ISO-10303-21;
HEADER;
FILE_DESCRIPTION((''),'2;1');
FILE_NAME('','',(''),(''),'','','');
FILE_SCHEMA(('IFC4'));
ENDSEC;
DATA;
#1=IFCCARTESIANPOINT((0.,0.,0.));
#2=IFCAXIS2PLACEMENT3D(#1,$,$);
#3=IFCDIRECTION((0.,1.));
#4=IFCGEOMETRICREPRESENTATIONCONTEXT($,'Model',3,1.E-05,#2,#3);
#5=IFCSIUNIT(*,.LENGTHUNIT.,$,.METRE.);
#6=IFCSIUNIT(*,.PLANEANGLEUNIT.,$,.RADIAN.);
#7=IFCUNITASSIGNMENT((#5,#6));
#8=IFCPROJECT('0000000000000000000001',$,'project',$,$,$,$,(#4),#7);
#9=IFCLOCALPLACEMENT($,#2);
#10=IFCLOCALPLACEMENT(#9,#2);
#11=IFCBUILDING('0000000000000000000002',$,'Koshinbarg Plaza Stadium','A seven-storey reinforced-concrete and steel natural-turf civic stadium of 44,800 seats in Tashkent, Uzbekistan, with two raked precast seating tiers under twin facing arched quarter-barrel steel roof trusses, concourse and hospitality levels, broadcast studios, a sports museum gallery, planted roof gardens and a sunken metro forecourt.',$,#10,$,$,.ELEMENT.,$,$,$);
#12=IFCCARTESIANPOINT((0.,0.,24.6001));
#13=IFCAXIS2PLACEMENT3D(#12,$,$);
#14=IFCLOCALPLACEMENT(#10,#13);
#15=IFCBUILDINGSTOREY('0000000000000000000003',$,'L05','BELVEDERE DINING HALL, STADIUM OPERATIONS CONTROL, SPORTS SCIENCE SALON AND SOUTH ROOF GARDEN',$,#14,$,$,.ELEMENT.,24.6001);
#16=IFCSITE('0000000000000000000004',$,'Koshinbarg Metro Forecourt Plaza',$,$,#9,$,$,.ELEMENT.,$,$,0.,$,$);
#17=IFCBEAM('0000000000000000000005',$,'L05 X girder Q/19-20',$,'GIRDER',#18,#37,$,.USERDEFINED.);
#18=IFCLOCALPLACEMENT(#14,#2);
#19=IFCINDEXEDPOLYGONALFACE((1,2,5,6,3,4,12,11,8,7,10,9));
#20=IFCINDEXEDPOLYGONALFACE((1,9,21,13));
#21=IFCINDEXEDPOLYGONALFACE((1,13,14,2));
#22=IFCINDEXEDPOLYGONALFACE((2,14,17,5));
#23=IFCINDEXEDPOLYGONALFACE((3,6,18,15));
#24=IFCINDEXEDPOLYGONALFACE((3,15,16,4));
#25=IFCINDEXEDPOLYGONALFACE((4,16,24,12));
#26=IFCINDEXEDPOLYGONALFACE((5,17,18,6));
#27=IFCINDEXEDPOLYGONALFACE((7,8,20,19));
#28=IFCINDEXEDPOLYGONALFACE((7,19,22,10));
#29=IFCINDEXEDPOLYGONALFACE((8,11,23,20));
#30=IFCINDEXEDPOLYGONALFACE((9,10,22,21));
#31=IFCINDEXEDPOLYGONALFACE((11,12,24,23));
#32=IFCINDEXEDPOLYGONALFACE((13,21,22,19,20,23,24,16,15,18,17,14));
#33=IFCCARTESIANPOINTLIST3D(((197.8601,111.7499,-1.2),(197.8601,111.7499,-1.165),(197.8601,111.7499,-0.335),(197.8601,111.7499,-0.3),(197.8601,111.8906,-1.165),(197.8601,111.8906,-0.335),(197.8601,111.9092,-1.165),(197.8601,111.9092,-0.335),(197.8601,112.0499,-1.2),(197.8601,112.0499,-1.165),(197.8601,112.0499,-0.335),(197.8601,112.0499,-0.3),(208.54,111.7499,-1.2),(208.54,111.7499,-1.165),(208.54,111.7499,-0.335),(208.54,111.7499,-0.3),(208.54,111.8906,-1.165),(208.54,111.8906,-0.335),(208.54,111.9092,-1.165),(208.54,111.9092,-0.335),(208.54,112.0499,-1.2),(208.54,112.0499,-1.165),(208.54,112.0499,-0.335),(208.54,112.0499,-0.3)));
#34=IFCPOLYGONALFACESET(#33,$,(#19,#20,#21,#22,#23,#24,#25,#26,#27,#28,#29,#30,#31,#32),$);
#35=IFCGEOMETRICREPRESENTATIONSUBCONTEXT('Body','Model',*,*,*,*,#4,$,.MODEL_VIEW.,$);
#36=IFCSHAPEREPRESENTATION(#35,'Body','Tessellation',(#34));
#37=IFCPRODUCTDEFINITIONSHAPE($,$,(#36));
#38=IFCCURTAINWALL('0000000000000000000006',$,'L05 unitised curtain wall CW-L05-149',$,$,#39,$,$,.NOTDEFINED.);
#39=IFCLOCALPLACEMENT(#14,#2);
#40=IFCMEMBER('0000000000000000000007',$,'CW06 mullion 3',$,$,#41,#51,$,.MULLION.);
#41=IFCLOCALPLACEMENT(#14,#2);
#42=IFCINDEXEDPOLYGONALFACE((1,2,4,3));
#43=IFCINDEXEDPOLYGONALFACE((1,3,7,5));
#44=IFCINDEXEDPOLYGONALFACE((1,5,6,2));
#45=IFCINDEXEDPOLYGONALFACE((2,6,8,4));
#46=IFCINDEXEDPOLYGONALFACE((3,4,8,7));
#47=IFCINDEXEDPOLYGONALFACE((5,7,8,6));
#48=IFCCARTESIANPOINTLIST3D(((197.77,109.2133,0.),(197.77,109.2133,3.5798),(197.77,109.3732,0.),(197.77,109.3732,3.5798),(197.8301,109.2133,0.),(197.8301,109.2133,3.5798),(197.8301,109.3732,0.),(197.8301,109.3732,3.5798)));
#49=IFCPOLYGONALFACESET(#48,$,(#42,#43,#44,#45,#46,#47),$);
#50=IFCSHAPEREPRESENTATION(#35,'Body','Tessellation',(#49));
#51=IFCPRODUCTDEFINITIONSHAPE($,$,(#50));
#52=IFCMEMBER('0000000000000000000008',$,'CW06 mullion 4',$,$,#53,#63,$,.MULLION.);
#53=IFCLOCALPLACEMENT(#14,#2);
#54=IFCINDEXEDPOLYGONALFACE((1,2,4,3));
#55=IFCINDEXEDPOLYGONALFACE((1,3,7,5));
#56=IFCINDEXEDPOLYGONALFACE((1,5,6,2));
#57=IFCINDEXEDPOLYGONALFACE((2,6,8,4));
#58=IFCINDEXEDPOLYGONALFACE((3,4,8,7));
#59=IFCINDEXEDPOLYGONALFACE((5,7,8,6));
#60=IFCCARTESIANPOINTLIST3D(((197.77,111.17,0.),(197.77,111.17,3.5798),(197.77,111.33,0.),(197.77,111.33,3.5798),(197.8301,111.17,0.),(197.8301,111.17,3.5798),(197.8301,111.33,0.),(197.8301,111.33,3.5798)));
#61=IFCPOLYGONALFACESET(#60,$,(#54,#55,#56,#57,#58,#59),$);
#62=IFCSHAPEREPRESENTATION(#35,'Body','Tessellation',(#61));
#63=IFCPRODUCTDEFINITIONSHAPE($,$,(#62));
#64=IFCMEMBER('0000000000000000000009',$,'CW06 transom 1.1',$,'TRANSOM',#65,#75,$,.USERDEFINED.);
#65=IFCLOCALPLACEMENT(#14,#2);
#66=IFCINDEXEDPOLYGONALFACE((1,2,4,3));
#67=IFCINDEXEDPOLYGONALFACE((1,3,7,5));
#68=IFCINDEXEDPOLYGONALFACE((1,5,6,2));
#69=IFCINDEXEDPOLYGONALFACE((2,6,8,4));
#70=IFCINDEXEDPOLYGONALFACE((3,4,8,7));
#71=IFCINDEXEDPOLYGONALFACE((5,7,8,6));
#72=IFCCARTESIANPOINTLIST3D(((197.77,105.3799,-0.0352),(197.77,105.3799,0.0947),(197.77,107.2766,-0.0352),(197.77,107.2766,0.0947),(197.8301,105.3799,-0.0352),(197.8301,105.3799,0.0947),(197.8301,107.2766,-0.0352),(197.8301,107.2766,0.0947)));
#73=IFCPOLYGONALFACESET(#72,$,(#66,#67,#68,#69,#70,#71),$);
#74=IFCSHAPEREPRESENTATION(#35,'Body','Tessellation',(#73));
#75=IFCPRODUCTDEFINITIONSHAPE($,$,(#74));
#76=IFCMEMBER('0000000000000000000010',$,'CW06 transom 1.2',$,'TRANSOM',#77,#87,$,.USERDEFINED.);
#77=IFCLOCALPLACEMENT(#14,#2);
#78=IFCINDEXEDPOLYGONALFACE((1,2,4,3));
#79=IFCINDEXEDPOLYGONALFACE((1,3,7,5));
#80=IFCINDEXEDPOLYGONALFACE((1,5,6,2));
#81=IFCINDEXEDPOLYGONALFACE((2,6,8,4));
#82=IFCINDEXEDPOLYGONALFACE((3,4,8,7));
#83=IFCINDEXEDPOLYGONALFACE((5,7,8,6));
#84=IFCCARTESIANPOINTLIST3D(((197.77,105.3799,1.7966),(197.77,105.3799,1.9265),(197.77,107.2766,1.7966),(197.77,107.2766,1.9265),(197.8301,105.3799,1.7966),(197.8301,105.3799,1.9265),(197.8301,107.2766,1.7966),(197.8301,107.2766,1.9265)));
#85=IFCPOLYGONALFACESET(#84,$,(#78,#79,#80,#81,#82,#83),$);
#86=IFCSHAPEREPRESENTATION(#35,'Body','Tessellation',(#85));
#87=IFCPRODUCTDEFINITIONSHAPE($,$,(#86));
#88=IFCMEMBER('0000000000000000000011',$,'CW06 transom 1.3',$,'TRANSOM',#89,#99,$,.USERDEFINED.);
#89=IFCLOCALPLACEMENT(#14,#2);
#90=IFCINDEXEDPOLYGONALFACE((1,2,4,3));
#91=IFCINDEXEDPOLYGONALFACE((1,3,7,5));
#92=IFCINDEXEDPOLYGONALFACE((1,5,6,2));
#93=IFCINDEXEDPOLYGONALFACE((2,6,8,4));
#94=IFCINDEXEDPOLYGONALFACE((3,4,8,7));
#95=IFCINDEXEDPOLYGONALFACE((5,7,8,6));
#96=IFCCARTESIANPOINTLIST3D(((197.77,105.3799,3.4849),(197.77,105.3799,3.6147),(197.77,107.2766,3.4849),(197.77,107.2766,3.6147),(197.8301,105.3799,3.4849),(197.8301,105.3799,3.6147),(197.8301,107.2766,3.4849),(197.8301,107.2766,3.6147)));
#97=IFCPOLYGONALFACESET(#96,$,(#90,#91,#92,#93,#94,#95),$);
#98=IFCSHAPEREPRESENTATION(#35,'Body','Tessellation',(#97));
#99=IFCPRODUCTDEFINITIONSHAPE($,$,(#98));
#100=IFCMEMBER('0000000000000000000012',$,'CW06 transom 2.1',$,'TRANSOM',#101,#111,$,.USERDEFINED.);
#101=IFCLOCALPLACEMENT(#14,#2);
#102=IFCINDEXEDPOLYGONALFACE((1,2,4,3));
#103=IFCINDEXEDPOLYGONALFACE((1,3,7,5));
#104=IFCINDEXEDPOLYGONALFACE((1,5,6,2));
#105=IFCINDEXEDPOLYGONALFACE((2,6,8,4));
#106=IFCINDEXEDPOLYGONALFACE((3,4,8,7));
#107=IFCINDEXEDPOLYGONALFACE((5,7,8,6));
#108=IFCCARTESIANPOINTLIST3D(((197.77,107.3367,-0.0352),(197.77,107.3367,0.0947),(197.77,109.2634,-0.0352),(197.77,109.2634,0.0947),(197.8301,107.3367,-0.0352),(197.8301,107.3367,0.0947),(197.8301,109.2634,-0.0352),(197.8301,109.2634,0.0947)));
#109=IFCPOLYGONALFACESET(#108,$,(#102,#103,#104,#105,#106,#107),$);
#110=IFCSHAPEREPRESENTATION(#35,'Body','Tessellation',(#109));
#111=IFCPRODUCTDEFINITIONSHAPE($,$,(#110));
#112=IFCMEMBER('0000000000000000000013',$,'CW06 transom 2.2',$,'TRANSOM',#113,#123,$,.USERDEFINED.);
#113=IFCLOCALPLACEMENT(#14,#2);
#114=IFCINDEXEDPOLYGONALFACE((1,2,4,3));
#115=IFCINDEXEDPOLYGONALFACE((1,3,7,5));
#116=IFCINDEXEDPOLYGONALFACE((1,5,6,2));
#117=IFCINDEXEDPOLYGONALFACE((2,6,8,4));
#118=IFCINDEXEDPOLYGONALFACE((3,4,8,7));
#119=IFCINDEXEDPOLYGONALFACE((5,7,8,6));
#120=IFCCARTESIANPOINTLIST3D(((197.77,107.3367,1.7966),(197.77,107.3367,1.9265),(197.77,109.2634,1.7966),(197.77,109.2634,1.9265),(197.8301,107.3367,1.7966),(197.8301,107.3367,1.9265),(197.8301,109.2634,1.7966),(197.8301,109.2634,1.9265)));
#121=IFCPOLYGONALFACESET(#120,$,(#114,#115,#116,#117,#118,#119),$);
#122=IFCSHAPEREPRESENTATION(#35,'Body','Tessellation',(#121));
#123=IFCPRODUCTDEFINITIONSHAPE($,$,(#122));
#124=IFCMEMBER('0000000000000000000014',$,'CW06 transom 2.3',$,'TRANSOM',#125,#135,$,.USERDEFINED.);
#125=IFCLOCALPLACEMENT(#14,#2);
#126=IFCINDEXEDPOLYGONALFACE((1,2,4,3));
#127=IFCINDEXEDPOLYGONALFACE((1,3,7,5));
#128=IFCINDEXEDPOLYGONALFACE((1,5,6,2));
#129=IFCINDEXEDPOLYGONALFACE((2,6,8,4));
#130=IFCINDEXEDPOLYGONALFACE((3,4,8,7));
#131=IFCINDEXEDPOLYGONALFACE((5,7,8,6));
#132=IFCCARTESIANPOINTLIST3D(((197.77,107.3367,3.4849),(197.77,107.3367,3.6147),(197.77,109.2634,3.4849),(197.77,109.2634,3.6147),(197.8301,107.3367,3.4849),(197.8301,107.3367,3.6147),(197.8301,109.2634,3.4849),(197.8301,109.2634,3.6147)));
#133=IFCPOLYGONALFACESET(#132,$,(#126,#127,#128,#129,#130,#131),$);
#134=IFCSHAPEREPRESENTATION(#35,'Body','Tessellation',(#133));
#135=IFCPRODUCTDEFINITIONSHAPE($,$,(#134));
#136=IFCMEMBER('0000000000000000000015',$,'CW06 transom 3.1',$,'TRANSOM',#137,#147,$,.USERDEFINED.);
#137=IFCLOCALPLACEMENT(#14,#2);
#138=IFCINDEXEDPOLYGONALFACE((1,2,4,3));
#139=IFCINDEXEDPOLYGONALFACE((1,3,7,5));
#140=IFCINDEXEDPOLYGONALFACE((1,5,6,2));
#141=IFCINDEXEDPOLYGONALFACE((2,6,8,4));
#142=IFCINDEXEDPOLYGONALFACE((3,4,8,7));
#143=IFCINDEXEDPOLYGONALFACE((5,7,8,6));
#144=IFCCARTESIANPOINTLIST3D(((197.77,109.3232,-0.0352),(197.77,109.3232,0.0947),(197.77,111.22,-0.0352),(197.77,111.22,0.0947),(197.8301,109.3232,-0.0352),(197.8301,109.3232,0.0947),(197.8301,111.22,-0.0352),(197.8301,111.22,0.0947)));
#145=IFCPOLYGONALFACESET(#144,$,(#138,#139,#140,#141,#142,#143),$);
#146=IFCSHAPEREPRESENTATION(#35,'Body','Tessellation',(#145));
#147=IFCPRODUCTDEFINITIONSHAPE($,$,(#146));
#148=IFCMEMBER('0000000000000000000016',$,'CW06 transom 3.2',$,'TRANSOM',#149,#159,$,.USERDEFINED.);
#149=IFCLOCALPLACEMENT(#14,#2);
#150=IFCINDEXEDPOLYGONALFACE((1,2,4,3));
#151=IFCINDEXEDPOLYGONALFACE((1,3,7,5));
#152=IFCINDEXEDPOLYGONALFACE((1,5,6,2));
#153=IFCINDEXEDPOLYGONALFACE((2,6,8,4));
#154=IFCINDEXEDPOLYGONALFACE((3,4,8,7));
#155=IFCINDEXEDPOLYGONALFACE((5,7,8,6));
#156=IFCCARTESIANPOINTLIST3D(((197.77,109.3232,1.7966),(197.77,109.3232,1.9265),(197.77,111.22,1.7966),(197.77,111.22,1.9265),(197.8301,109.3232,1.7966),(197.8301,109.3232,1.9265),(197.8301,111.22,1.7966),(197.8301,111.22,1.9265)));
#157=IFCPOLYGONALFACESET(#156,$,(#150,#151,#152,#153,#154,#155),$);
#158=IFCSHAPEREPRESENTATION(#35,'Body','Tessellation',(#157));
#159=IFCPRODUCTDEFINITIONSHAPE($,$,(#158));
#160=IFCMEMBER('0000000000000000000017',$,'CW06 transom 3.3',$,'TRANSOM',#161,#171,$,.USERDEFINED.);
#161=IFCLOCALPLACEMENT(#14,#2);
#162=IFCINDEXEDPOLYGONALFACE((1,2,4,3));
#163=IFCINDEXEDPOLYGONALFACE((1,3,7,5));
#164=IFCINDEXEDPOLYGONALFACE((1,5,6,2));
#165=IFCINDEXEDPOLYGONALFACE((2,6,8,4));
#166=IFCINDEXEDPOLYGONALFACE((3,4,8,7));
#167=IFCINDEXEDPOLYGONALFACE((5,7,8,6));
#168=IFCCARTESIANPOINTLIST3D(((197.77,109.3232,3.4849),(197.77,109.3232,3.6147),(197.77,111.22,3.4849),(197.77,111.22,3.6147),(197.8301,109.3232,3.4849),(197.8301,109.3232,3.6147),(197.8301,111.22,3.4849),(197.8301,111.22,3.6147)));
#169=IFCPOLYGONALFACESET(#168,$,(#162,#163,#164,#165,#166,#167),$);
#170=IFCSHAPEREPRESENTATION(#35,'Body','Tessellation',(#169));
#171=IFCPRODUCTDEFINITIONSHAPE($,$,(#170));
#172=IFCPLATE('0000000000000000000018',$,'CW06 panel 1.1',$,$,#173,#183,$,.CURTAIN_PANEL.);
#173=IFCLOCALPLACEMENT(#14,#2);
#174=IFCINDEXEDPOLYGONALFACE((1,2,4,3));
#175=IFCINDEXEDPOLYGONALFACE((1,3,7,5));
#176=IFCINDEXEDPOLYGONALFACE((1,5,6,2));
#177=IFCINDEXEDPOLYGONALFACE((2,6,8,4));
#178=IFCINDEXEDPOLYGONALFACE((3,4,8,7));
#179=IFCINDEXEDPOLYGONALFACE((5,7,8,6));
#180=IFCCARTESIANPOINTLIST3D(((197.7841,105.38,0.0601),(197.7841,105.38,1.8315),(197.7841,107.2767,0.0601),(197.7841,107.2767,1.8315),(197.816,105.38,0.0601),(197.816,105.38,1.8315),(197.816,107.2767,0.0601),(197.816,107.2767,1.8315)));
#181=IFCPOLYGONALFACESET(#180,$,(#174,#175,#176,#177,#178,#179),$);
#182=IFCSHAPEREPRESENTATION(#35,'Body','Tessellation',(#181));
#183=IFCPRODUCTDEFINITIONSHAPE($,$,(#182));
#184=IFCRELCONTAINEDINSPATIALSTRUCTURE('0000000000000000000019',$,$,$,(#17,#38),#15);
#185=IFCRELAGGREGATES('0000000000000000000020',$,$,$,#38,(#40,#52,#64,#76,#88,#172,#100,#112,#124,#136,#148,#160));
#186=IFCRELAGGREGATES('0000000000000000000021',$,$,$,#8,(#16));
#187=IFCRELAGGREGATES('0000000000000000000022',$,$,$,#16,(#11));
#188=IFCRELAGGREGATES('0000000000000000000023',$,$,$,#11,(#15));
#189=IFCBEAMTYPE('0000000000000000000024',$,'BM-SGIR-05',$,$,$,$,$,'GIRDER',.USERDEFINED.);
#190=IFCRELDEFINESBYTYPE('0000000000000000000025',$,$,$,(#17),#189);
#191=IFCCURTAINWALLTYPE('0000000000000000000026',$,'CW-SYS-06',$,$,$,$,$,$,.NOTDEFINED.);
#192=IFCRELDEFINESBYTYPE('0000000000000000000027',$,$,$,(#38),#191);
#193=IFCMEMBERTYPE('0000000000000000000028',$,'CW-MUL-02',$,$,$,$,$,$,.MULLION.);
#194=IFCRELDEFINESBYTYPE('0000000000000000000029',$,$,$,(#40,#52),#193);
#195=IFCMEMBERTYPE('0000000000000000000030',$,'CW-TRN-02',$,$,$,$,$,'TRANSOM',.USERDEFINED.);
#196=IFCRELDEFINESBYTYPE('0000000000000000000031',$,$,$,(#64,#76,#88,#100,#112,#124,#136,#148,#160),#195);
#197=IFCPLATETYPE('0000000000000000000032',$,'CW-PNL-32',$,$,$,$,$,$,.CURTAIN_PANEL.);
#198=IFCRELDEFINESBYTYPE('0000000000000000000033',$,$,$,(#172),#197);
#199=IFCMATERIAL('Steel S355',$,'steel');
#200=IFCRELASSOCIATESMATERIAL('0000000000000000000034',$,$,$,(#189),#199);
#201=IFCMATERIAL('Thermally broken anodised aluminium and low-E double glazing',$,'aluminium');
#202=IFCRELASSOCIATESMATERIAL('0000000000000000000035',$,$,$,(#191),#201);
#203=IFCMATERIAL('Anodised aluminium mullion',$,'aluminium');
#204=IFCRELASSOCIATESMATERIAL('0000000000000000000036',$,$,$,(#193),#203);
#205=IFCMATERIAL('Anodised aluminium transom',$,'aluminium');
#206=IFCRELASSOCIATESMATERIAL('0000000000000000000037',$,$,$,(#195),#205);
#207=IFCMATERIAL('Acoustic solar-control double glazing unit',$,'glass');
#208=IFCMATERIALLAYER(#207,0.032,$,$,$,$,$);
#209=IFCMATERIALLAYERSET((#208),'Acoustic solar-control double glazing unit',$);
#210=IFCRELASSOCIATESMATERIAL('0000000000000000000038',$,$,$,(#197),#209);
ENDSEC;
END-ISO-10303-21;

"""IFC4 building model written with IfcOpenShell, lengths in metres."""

from ifc_helpers import new_model, si_unit, direction, frame, origin, origin_2d, place, context, subcontext, project, spatial, rectangle, i_section, extrude, material, layer, layer_set, material_profile, profile_set, type_object, element, aggregate, save


model = new_model("IFC4")

# Units and contexts
model_context = context("Model", 3, precision=1e-05, world=origin(), true_north=direction((0.0, 1.0)))
body_context = subcontext(model_context, "Body", "Model", "MODEL_VIEW")
ifc_project = project(units=[si_unit("LENGTHUNIT", "METRE"), si_unit("PLANEANGLEUNIT", "RADIAN")], contexts=[model_context])

# Site, building, storey
site_placement = place(None, origin())
site = spatial("IfcSite", under=ifc_project, at=site_placement, Name="Koshinbarg Metro Forecourt Plaza", CompositionType="ELEMENT", RefElevation=0.0)
building_placement = place(site_placement, origin())
building = spatial("IfcBuilding", under=site, at=building_placement, Name="Koshinbarg Plaza Stadium", Description="A seven-storey reinforced-concrete and steel natural-turf civic stadium of 44,800 seats in Tashkent, Uzbekistan, with two raked precast seating tiers under twin facing arched quarter-barrel steel roof trusses, concourse and hospitality levels, broadcast studios, a sports museum gallery, planted roof gardens and a sunken metro forecourt.", CompositionType="ELEMENT")
storey_placement = place(building_placement, frame((0.0, 0.0, 24.6001)))
storey = spatial("IfcBuildingStorey", under=building, at=storey_placement, Name="L05", Description="BELVEDERE DINING HALL, STADIUM OPERATIONS CONTROL, SPORTS SCIENCE SALON AND SOUTH ROOF GARDEN", CompositionType="ELEMENT", Elevation=24.6001)

# Beam
ifc_material_1 = material(Name="Steel S355", Category="steel")
ifc_material_profile_1 = material_profile(ifc_material_1, i_section(OverallWidth=0.3, OverallDepth=0.8999, WebThickness=0.0186, FlangeThickness=0.0349, at=origin_2d()), Name="HEB 900")
ifc_profile_set_1 = profile_set([ifc_material_profile_1], Name="Steel S355")
beam_type = type_object("IfcBeamType", Name="BM-SGIR-05", ElementType="GIRDER", PredefinedType="USERDEFINED", material=ifc_profile_set_1)
beam_placement = place(storey_placement, frame((197.8601, 111.8999, -0.75), z_axis=(1.0, 0.0, 0.0), x_axis=(0.0, 1.0, 0.0)))
element("IfcBeam", 1, at=beam_placement, inside=storey, type_object=beam_type, Name="L05 X girder Q/19-20", ObjectType="GIRDER", PredefinedType="USERDEFINED", context=body_context, shape_type="SweptSolid", body=[
    extrude(i_section(OverallWidth=0.3, OverallDepth=0.8999, WebThickness=0.0186, FlangeThickness=0.0349, at=origin_2d()), origin(), (0.0, 0.0, 1.0), 10.6799),
])

# Curtain wall, members, plate
ifc_material_2 = material(Name="Thermally broken anodised aluminium and low-E double glazing", Category="aluminium")
curtain_wall_type = type_object("IfcCurtainWallType", Name="CW-SYS-06", PredefinedType="NOTDEFINED", material=ifc_material_2)
curtain_wall_placement = place(storey_placement, origin())
curtain_wall = element("IfcCurtainWall", 2, at=curtain_wall_placement, inside=storey, type_object=curtain_wall_type, Name="L05 unitised curtain wall CW-L05-149", PredefinedType="NOTDEFINED")
ifc_material_3 = material(Name="Anodised aluminium mullion", Category="aluminium")
ifc_material_profile_2 = material_profile(ifc_material_3, rectangle(XDim=0.0601, YDim=0.1599, at=origin_2d()), Name="ALU 60x160")
ifc_profile_set_2 = profile_set([ifc_material_profile_2], Name="Anodised aluminium mullion")
member_type_1 = type_object("IfcMemberType", Name="CW-MUL-02", PredefinedType="MULLION", material=ifc_profile_set_2)
member_1_placement = place(storey_placement, frame((197.8, 109.2932, 0.0), z_axis=(0.0, 0.0, 1.0), x_axis=(-1.0, 0.0, 0.0)))
member_1 = element("IfcMember", 3, at=member_1_placement, type_object=member_type_1, Name="CW06 mullion 3", PredefinedType="MULLION", context=body_context, shape_type="SweptSolid", body=[
    extrude(rectangle(XDim=0.0601, YDim=0.1599, at=origin_2d()), origin(), (0.0, 0.0, 1.0), 3.5798),
])
member_2_placement = place(storey_placement, frame((197.8, 111.25, 0.0), z_axis=(0.0, 0.0, 1.0), x_axis=(-1.0, 0.0, 0.0)))
member_2 = element("IfcMember", 4, at=member_2_placement, type_object=member_type_1, Name="CW06 mullion 4", PredefinedType="MULLION", context=body_context, shape_type="SweptSolid", body=[
    extrude(rectangle(XDim=0.0601, YDim=0.1599, at=origin_2d()), origin(), (0.0, 0.0, 1.0), 3.5798),
])
ifc_material_4 = material(Name="Anodised aluminium transom", Category="aluminium")
ifc_material_profile_3 = material_profile(ifc_material_4, rectangle(XDim=0.0601, YDim=0.1299, at=origin_2d()), Name="ALU 60x130")
ifc_profile_set_3 = profile_set([ifc_material_profile_3], Name="Anodised aluminium transom")
member_type_2 = type_object("IfcMemberType", Name="CW-TRN-02", ElementType="TRANSOM", PredefinedType="USERDEFINED", material=ifc_profile_set_3)
member_3_placement = place(storey_placement, frame((197.8, 105.3799, 0.0298), z_axis=(0.0, 1.0, 0.0), x_axis=(-1.0, 0.0, 0.0)))
member_3 = element("IfcMember", 5, at=member_3_placement, type_object=member_type_2, Name="CW06 transom 1.1", ObjectType="TRANSOM", PredefinedType="USERDEFINED", context=body_context, shape_type="SweptSolid", body=[
    extrude(rectangle(XDim=0.0601, YDim=0.1299, at=origin_2d()), origin(), (0.0, 0.0, 1.0), 1.8967),
])
member_4_placement = place(storey_placement, frame((197.8, 105.3799, 1.8616), z_axis=(0.0, 1.0, 0.0), x_axis=(-1.0, 0.0, 0.0)))
member_4 = element("IfcMember", 6, at=member_4_placement, type_object=member_type_2, Name="CW06 transom 1.2", ObjectType="TRANSOM", PredefinedType="USERDEFINED", context=body_context, shape_type="SweptSolid", body=[
    extrude(rectangle(XDim=0.0601, YDim=0.1299, at=origin_2d()), origin(), (0.0, 0.0, 1.0), 1.8967),
])
member_5_placement = place(storey_placement, frame((197.8, 105.3799, 3.5498), z_axis=(0.0, 1.0, 0.0), x_axis=(-1.0, 0.0, 0.0)))
member_5 = element("IfcMember", 7, at=member_5_placement, type_object=member_type_2, Name="CW06 transom 1.3", ObjectType="TRANSOM", PredefinedType="USERDEFINED", context=body_context, shape_type="SweptSolid", body=[
    extrude(rectangle(XDim=0.0601, YDim=0.1299, at=origin_2d()), origin(), (0.0, 0.0, 1.0), 1.8967),
])
member_6_placement = place(storey_placement, frame((197.8, 107.3367, 0.0298), z_axis=(0.0, 1.0, 0.0), x_axis=(-1.0, 0.0, 0.0)))
member_6 = element("IfcMember", 8, at=member_6_placement, type_object=member_type_2, Name="CW06 transom 2.1", ObjectType="TRANSOM", PredefinedType="USERDEFINED", context=body_context, shape_type="SweptSolid", body=[
    extrude(rectangle(XDim=0.0601, YDim=0.1299, at=origin_2d()), origin(), (0.0, 0.0, 1.0), 1.9268),
])
member_7_placement = place(storey_placement, frame((197.8, 107.3367, 1.8616), z_axis=(0.0, 1.0, 0.0), x_axis=(-1.0, 0.0, 0.0)))
member_7 = element("IfcMember", 9, at=member_7_placement, type_object=member_type_2, Name="CW06 transom 2.2", ObjectType="TRANSOM", PredefinedType="USERDEFINED", context=body_context, shape_type="SweptSolid", body=[
    extrude(rectangle(XDim=0.0601, YDim=0.1299, at=origin_2d()), origin(), (0.0, 0.0, 1.0), 1.9268),
])
member_8_placement = place(storey_placement, frame((197.8, 107.3367, 3.5498), z_axis=(0.0, 1.0, 0.0), x_axis=(-1.0, 0.0, 0.0)))
member_8 = element("IfcMember", 10, at=member_8_placement, type_object=member_type_2, Name="CW06 transom 2.3", ObjectType="TRANSOM", PredefinedType="USERDEFINED", context=body_context, shape_type="SweptSolid", body=[
    extrude(rectangle(XDim=0.0601, YDim=0.1299, at=origin_2d()), origin(), (0.0, 0.0, 1.0), 1.9268),
])
member_9_placement = place(storey_placement, frame((197.8, 109.3232, 0.0298), z_axis=(0.0, 1.0, 0.0), x_axis=(-1.0, 0.0, 0.0)))
member_9 = element("IfcMember", 11, at=member_9_placement, type_object=member_type_2, Name="CW06 transom 3.1", ObjectType="TRANSOM", PredefinedType="USERDEFINED", context=body_context, shape_type="SweptSolid", body=[
    extrude(rectangle(XDim=0.0601, YDim=0.1299, at=origin_2d()), origin(), (0.0, 0.0, 1.0), 1.8967),
])
member_10_placement = place(storey_placement, frame((197.8, 109.3232, 1.8616), z_axis=(0.0, 1.0, 0.0), x_axis=(-1.0, 0.0, 0.0)))
member_10 = element("IfcMember", 12, at=member_10_placement, type_object=member_type_2, Name="CW06 transom 3.2", ObjectType="TRANSOM", PredefinedType="USERDEFINED", context=body_context, shape_type="SweptSolid", body=[
    extrude(rectangle(XDim=0.0601, YDim=0.1299, at=origin_2d()), origin(), (0.0, 0.0, 1.0), 1.8967),
])
member_11_placement = place(storey_placement, frame((197.8, 109.3232, 3.5498), z_axis=(0.0, 1.0, 0.0), x_axis=(-1.0, 0.0, 0.0)))
member_11 = element("IfcMember", 13, at=member_11_placement, type_object=member_type_2, Name="CW06 transom 3.3", ObjectType="TRANSOM", PredefinedType="USERDEFINED", context=body_context, shape_type="SweptSolid", body=[
    extrude(rectangle(XDim=0.0601, YDim=0.1299, at=origin_2d()), origin(), (0.0, 0.0, 1.0), 1.8967),
])
ifc_material_5 = material(Name="Acoustic solar-control double glazing unit", Category="glass")
ifc_layer_1 = layer(ifc_material_5, 0.032)
ifc_layer_set_1 = layer_set([ifc_layer_1], Name="Acoustic solar-control double glazing unit")
plate_type = type_object("IfcPlateType", Name="CW-PNL-32", PredefinedType="CURTAIN_PANEL", material=ifc_layer_set_1)
plate_1_placement = place(storey_placement, frame((197.8, 106.3284, 0.0601), z_axis=(0.0, 0.0, 1.0), x_axis=(0.0, 1.0, 0.0)))
plate_1 = element("IfcPlate", 14, at=plate_1_placement, type_object=plate_type, Name="CW06 panel 1.1", PredefinedType="CURTAIN_PANEL", context=body_context, shape_type="SweptSolid", body=[
    extrude(rectangle(XDim=1.8967, YDim=0.032, at=origin_2d()), origin(), (0.0, 0.0, 1.0), 1.7715),
])
aggregate(curtain_wall, [member_1, member_2, member_3, member_4, member_5, plate_1, member_6, member_7, member_8, member_9, member_10, member_11])

save(model, "model.ifc")
